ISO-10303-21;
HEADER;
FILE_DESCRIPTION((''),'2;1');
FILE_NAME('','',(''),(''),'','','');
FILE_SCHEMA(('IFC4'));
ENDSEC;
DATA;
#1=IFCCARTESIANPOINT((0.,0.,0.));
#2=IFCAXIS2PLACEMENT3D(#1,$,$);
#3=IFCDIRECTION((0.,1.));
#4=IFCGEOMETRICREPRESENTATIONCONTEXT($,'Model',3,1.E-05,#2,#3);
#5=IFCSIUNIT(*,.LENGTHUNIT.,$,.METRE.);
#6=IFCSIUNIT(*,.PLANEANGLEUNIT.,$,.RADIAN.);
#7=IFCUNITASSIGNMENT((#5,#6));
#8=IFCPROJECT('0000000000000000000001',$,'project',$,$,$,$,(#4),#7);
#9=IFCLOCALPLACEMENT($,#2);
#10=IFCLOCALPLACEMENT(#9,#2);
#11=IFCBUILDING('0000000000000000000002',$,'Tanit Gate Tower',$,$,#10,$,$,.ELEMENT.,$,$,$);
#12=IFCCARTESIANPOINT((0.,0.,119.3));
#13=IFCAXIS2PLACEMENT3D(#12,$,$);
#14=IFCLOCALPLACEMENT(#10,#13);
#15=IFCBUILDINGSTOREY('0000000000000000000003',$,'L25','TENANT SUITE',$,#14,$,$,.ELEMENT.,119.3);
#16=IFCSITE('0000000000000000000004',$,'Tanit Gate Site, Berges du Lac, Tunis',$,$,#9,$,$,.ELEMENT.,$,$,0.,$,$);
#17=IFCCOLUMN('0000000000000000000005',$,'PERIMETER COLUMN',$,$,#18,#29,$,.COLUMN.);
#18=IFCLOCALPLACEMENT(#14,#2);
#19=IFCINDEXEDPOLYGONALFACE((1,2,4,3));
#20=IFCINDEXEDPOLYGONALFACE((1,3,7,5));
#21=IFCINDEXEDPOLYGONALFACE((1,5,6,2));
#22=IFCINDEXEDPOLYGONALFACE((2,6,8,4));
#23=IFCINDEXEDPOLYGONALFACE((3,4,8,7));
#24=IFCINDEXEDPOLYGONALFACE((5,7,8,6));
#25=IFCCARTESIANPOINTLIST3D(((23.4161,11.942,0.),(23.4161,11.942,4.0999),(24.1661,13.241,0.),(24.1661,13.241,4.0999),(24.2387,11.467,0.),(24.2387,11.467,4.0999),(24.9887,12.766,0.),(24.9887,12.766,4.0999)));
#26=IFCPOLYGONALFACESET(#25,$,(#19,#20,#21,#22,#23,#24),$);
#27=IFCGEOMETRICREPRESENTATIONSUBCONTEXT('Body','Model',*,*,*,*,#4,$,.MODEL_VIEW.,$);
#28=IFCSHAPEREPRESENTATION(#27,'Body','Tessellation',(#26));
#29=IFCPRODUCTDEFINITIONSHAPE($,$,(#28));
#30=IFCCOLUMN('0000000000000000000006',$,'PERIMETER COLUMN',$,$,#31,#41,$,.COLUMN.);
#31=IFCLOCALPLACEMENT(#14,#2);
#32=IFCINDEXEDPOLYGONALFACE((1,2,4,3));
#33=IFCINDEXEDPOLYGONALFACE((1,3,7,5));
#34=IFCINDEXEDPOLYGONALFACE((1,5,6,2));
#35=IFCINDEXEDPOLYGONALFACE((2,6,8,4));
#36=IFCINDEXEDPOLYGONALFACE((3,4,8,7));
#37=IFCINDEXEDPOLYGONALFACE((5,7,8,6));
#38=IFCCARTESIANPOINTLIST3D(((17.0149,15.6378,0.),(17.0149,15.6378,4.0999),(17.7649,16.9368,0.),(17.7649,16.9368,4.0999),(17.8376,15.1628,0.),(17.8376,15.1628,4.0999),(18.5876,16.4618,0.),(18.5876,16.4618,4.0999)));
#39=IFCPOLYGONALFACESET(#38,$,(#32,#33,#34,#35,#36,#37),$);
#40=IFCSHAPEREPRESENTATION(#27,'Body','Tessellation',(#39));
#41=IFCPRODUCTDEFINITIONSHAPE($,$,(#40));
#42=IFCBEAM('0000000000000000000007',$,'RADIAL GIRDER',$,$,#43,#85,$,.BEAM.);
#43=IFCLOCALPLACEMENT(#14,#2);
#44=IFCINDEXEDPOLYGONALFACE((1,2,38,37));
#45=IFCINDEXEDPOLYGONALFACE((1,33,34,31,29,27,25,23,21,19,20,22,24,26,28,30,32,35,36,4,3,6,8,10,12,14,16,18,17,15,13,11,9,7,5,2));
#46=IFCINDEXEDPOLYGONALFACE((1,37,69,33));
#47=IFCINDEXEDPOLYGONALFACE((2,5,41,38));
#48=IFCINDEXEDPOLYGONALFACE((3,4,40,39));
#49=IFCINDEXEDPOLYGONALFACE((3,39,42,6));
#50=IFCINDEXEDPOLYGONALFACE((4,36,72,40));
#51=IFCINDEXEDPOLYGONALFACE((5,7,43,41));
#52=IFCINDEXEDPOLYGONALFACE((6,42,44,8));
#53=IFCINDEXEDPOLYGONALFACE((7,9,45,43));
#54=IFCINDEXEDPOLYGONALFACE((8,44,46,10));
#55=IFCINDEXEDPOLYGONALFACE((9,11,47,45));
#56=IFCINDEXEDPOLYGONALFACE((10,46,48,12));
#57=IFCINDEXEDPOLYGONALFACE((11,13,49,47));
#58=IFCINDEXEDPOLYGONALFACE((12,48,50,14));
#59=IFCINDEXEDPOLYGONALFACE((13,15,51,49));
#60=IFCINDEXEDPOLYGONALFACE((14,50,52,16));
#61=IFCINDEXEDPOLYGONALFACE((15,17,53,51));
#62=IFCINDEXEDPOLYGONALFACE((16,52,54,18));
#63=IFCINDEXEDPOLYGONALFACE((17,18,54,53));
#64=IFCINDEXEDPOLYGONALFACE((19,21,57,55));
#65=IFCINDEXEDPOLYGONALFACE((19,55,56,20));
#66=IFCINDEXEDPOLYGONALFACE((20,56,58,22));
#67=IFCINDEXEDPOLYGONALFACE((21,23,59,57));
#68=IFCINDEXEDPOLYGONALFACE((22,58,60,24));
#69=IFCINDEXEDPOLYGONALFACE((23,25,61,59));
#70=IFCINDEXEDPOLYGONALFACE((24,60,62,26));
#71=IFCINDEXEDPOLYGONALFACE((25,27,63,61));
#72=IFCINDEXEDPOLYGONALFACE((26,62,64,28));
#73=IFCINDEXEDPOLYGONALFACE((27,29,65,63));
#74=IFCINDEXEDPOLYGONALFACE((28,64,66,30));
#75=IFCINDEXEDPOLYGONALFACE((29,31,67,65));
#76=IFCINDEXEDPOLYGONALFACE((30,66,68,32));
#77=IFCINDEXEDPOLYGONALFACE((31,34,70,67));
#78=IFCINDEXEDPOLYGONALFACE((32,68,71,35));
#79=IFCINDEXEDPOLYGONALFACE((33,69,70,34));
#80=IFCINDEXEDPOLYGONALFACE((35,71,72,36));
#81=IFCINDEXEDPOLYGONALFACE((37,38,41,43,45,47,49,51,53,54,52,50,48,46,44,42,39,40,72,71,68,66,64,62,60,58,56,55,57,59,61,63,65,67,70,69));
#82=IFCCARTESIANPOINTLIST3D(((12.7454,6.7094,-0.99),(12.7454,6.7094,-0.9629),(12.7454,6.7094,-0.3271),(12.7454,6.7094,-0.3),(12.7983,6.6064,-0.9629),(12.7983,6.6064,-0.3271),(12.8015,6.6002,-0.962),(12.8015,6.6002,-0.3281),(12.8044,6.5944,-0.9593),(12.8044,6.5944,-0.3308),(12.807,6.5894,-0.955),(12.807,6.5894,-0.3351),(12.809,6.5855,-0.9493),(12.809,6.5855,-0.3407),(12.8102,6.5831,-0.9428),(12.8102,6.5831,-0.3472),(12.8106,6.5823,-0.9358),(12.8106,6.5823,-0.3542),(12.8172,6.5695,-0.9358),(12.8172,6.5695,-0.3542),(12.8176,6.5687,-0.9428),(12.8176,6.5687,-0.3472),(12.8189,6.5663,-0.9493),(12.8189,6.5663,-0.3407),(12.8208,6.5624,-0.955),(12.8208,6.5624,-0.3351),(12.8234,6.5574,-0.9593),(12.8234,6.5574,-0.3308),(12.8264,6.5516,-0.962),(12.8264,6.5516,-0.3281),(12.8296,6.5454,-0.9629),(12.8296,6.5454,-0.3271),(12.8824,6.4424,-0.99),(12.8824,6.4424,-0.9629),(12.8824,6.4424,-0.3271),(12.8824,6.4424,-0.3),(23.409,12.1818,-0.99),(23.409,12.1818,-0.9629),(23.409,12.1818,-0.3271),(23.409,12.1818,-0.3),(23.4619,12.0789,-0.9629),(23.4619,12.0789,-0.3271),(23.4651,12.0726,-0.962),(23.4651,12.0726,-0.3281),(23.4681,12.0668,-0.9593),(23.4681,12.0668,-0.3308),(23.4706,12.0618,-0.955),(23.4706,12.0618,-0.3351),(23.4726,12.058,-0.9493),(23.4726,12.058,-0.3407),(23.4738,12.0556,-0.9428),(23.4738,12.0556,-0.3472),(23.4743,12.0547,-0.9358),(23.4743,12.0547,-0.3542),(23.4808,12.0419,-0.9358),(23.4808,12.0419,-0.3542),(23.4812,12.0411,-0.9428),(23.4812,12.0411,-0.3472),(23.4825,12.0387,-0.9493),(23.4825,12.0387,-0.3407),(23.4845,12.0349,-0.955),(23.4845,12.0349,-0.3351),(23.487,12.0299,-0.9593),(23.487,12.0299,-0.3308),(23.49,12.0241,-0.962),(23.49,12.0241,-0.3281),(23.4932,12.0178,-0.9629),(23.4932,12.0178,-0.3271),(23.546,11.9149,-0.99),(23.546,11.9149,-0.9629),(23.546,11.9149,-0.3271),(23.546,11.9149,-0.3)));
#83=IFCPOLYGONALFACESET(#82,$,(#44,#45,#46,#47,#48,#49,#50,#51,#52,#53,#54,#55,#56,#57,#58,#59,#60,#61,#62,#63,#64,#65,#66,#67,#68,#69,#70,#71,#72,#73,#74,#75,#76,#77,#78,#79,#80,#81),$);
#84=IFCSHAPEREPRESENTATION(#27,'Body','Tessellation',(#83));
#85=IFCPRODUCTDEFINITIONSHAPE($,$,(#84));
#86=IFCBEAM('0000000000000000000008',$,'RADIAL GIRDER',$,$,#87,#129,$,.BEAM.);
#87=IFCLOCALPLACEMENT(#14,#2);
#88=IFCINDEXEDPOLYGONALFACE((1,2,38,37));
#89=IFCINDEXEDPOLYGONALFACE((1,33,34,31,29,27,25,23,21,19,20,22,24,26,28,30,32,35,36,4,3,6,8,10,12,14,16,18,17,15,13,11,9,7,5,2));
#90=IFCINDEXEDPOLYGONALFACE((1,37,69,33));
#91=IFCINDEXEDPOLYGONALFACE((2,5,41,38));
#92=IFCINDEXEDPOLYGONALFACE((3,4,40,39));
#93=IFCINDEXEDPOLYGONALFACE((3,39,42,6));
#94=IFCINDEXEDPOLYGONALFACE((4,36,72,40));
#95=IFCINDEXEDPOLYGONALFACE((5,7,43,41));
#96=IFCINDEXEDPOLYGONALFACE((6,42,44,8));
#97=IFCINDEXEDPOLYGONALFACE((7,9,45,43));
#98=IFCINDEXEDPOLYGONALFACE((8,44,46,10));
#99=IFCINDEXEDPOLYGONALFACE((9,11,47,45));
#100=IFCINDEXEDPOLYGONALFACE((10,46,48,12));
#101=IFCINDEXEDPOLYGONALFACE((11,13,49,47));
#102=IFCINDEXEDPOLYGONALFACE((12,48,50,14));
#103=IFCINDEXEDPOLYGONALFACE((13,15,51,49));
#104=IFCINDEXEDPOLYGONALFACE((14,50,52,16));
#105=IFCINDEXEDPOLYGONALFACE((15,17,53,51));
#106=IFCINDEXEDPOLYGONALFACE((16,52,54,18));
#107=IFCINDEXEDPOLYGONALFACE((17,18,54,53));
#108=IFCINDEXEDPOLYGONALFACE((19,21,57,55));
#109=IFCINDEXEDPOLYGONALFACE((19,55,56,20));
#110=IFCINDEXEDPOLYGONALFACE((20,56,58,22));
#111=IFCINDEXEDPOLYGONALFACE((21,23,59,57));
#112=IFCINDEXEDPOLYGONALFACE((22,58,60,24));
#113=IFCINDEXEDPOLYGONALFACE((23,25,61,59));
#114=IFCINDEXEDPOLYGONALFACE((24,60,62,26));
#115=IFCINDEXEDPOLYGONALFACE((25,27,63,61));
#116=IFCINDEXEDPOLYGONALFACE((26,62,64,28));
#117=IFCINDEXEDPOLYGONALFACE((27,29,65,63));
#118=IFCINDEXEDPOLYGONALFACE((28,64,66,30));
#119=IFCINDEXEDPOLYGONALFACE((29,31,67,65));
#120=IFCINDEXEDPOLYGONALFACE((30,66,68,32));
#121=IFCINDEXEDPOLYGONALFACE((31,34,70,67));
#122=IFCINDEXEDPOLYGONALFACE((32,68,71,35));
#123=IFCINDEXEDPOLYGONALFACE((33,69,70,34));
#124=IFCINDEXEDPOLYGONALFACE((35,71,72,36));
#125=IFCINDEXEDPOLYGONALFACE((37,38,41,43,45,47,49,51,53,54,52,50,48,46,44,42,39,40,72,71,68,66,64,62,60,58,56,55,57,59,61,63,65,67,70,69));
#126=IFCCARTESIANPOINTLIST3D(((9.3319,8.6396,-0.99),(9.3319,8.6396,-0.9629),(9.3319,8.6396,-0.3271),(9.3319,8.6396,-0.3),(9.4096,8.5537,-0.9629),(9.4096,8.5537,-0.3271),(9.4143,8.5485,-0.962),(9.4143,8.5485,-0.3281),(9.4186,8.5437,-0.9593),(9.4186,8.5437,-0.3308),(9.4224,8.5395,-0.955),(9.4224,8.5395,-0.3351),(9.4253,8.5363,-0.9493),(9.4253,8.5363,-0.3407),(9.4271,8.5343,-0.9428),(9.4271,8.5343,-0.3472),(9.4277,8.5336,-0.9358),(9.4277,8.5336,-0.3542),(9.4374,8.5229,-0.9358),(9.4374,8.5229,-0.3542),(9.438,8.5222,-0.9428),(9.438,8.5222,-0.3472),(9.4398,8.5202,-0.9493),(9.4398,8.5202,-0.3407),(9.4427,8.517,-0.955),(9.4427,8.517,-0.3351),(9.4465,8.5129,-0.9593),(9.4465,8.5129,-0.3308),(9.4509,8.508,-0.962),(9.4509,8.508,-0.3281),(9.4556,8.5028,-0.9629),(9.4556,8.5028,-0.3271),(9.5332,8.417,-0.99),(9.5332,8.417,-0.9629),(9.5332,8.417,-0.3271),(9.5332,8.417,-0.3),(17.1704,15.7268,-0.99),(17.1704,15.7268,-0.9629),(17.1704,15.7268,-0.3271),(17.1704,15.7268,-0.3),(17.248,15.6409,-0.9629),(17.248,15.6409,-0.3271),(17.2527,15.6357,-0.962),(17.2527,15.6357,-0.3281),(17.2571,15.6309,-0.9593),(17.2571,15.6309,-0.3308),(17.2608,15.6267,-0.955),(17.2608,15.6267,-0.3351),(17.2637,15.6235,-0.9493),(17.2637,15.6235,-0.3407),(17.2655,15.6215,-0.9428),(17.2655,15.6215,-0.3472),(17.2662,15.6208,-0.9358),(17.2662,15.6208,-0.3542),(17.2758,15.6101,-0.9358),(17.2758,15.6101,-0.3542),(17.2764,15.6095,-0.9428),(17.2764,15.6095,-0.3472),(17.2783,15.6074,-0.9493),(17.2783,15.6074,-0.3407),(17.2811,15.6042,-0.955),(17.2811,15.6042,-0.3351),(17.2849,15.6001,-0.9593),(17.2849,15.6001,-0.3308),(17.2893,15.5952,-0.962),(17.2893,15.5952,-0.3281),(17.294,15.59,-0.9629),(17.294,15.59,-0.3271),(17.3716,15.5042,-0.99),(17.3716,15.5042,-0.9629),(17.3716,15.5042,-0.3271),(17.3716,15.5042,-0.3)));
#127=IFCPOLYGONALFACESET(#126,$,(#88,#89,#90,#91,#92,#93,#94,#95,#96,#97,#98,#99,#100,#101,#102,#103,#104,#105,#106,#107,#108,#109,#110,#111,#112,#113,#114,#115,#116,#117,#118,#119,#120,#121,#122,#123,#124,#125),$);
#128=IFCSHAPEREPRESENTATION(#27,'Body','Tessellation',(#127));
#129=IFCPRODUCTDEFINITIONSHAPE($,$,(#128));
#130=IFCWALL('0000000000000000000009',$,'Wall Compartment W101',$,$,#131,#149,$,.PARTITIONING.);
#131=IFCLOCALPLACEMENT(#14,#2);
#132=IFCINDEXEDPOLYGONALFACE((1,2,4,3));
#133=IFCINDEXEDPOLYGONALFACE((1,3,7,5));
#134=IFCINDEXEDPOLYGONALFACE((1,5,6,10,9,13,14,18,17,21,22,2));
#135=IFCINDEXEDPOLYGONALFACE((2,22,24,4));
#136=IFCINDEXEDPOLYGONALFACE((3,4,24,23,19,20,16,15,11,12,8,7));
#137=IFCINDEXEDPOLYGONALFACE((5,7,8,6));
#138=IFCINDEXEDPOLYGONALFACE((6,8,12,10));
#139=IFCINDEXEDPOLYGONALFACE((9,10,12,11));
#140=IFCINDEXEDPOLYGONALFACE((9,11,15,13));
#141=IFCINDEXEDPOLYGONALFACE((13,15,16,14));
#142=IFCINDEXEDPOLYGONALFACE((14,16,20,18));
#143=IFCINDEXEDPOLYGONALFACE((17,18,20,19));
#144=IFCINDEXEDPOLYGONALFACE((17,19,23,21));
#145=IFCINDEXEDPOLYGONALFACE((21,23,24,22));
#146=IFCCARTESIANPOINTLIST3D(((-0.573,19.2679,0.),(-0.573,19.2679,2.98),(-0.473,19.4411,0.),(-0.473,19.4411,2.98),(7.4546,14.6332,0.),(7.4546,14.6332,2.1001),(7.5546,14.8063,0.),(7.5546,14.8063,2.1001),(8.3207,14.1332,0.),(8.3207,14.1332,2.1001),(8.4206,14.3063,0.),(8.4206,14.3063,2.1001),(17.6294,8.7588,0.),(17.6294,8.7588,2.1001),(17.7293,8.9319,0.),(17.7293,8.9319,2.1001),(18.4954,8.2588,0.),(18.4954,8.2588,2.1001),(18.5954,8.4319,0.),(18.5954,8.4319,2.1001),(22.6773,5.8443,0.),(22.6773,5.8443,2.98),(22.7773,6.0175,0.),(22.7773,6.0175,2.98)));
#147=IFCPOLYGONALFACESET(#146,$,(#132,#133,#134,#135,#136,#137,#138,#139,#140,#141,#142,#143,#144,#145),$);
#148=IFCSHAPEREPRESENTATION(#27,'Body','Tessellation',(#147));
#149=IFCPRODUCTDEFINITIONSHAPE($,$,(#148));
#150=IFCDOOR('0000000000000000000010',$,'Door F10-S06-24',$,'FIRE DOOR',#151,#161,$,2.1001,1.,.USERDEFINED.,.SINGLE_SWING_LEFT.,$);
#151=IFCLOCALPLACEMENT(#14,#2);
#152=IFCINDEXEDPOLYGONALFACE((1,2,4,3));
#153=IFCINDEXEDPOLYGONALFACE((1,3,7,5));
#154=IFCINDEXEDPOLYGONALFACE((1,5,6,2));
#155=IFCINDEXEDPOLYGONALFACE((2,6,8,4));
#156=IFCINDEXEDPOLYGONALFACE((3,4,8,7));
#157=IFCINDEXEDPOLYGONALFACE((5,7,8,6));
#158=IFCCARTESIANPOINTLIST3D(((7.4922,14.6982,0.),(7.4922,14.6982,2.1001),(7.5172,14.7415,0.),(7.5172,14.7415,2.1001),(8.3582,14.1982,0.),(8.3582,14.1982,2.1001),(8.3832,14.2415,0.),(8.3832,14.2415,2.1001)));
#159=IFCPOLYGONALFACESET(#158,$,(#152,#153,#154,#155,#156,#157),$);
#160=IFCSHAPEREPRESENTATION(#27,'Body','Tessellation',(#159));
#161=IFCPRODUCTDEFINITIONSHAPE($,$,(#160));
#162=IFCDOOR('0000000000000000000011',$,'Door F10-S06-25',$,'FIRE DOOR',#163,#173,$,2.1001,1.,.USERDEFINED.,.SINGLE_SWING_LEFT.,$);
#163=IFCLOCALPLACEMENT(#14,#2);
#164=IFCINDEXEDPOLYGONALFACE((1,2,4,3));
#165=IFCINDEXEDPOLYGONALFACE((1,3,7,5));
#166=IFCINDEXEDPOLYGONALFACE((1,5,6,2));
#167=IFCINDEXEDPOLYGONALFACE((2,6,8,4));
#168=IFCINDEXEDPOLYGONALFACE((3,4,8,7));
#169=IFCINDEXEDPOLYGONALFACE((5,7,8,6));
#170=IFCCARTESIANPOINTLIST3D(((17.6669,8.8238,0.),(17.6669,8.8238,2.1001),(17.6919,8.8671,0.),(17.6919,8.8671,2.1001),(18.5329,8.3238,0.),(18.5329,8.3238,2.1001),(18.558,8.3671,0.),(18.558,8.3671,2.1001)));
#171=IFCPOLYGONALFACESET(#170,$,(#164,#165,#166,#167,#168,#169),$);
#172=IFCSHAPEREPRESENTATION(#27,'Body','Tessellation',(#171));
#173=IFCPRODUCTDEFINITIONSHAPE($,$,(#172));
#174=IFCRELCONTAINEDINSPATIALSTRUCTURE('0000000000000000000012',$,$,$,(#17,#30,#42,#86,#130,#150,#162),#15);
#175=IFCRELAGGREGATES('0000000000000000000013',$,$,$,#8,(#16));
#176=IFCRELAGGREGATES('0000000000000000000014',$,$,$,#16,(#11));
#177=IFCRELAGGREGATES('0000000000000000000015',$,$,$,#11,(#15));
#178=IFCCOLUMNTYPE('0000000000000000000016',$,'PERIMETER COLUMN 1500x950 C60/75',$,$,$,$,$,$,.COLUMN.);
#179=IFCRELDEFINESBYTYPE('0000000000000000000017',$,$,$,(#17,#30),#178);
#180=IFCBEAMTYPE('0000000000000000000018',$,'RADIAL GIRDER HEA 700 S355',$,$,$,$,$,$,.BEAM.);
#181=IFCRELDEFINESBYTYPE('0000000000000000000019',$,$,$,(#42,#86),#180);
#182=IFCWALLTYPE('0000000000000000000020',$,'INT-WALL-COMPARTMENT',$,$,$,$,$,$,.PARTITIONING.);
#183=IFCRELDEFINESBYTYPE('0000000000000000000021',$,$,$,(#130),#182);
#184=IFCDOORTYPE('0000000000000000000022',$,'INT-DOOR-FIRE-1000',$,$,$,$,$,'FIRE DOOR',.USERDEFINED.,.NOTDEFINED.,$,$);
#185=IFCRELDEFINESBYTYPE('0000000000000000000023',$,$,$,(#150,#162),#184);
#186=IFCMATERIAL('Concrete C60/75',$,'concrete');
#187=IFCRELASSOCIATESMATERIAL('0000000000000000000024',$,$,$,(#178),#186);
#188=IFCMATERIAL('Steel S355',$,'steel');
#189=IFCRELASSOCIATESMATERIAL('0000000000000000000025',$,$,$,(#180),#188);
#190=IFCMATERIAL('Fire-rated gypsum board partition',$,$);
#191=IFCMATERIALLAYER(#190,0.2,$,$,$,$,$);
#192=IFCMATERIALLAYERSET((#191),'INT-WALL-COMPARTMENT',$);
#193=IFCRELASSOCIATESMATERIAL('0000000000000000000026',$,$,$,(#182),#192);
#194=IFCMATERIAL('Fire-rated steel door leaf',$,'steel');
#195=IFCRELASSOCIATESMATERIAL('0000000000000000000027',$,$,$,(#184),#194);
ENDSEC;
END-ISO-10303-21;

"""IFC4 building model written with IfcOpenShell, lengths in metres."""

from ifc_helpers import new_model, si_unit, direction, frame, frame_2d, origin, origin_2d, place, context, subcontext, project, spatial, rectangle, i_section, extrude, material, layer, layer_set, material_profile, profile_set, type_object, element, fill, save


model = new_model("IFC4")

# Units and contexts
model_context = context("Model", 3, precision=1e-05, world=origin(), true_north=direction((0.0, 1.0)))
body_context = subcontext(model_context, "Body", "Model", "MODEL_VIEW")
ifc_project = project(units=[si_unit("LENGTHUNIT", "METRE"), si_unit("PLANEANGLEUNIT", "RADIAN")], contexts=[model_context])

# Site, building, storey
site_placement = place(None, origin())
site = spatial("IfcSite", under=ifc_project, at=site_placement, Name="Tanit Gate Site, Berges du Lac, Tunis", CompositionType="ELEMENT", RefElevation=0.0)
building_placement = place(site_placement, origin())
building = spatial("IfcBuilding", under=site, at=building_placement, Name="Tanit Gate Tower", CompositionType="ELEMENT")
storey_placement = place(building_placement, frame((0.0, 0.0, 119.3)))
storey = spatial("IfcBuildingStorey", under=building, at=storey_placement, Name="L25", Description="TENANT SUITE", CompositionType="ELEMENT", Elevation=119.3)

# Columns
ifc_material_1 = material(Name="Concrete C60/75", Category="concrete")
ifc_material_profile_1 = material_profile(ifc_material_1, rectangle(XDim=1.5, YDim=0.95, at=origin_2d()), Name="RC 1500x950")
ifc_profile_set_1 = profile_set([ifc_material_profile_1], Name="Concrete C60/75")
column_type = type_object("IfcColumnType", Name="PERIMETER COLUMN 1500x950 C60/75", PredefinedType="COLUMN", material=ifc_profile_set_1)
for number, where, z_axis, x_axis, name in (
    (1, (24.2024, 12.354, 0.0), (0.0, 0.0, 1.0), (0.5, 0.866025, 0.0), "PERIMETER COLUMN"),
    (2, (17.8013, 16.0498, 0.0), (0.0, 0.0, 1.0), (0.5, 0.866025, 0.0), "PERIMETER COLUMN"),
):
    element("IfcColumn", number, at=place(storey_placement, frame(where, z_axis=z_axis, x_axis=x_axis)), inside=storey, type_object=column_type, Name=name, PredefinedType="COLUMN", context=body_context, shape_type="SweptSolid", body=[
        extrude(rectangle(XDim=1.5, YDim=0.95, at=origin_2d()), origin(), (0.0, 0.0, 1.0), 4.0999),
    ])

# Beams
ifc_material_2 = material(Name="Steel S355", Category="steel")
ifc_material_profile_2 = material_profile(ifc_material_2, i_section(OverallWidth=0.3, OverallDepth=0.6899, WebThickness=0.0144, FlangeThickness=0.0271, FilletRadius=0.0271, at=origin_2d()), Name="HEA 700")
ifc_profile_set_2 = profile_set([ifc_material_profile_2], Name="Steel S355")
beam_type = type_object("IfcBeamType", Name="RADIAL GIRDER HEA 700 S355", PredefinedType="BEAM", material=ifc_profile_set_2)
beam_1_placement = place(storey_placement, frame((23.4775, 12.0483, -0.645), z_axis=(-0.889685, -0.456575, 0.0), x_axis=(0.456575, -0.889685, 0.0)))
element("IfcBeam", 3, at=beam_1_placement, inside=storey, type_object=beam_type, Name="RADIAL GIRDER", PredefinedType="BEAM", context=body_context, shape_type="SweptSolid", body=[
    extrude(i_section(OverallWidth=0.3, OverallDepth=0.6899, WebThickness=0.0144, FlangeThickness=0.0271, FilletRadius=0.0271, at=origin_2d()), origin(), (0.0, 0.0, 1.0), 11.9858),
])
beam_2_placement = place(storey_placement, frame((17.271, 15.6155, -0.645), z_axis=(-0.741757, -0.670668, 0.0), x_axis=(0.670668, -0.741757, 0.0)))
element("IfcBeam", 4, at=beam_2_placement, inside=storey, type_object=beam_type, Name="RADIAL GIRDER", PredefinedType="BEAM", context=body_context, shape_type="SweptSolid", body=[
    extrude(i_section(OverallWidth=0.3, OverallDepth=0.6899, WebThickness=0.0144, FlangeThickness=0.0271, FilletRadius=0.0271, at=origin_2d()), origin(), (0.0, 0.0, 1.0), 10.5674),
])

# Wall, openings, doors
ifc_material_3 = material(Name="Fire-rated gypsum board partition")
ifc_layer_1 = layer(ifc_material_3, 0.2)
ifc_layer_set_1 = layer_set([ifc_layer_1], Name="INT-WALL-COMPARTMENT")
wall_type_1 = type_object("IfcWallType", Name="INT-WALL-COMPARTMENT", PredefinedType="PARTITIONING", material=ifc_layer_set_1)
wall_1_placement = place(storey_placement, frame((22.7273, 5.9309, 0.0), z_axis=(0.0, 0.0, 1.0), x_axis=(-0.866025, 0.500001, 0.0)))
wall_1 = element("IfcWall", 5, at=wall_1_placement, inside=storey, type_object=wall_type_1, Name="Wall Compartment W101", PredefinedType="PARTITIONING", context=body_context, shape_type="SweptSolid", body=[
    extrude(rectangle(XDim=26.8472, YDim=0.2, at=frame_2d((13.4236, 0.0))), origin(), (0.0, 0.0, 1.0), 2.98),
])
opening_1_placement = place(wall_1_placement, frame((16.5776, 0.0, 0.0)))
opening_1 = element("IfcOpeningElement", 6, at=opening_1_placement, cuts=wall_1, PredefinedType="OPENING", context=body_context, shape_type="SweptSolid", body=[
    extrude(rectangle(XDim=1.0, YDim=2.1001, at=frame_2d((0.5, 1.05))), frame((0.0, 0.1099, 0.0), z_axis=(0.0, -1.0, 0.0), x_axis=(1.0, 0.0, 0.0)), (0.0, 0.0, 1.0), 0.22),
])
opening_2_placement = place(wall_1_placement, frame((4.8289, 0.0, 0.0)))
opening_2 = element("IfcOpeningElement", 7, at=opening_2_placement, cuts=wall_1, PredefinedType="OPENING", context=body_context, shape_type="SweptSolid", body=[
    extrude(rectangle(XDim=1.0, YDim=2.1001, at=frame_2d((0.5, 1.05))), frame((0.0, 0.1099, 0.0), z_axis=(0.0, -1.0, 0.0), x_axis=(1.0, 0.0, 0.0)), (0.0, 0.0, 1.0), 0.22),
])
ifc_material_4 = material(Name="Fire-rated steel door leaf", Category="steel")
door_type_1 = type_object("IfcDoorType", Name="INT-DOOR-FIRE-1000", ElementType="FIRE DOOR", OperationType="NOTDEFINED", PredefinedType="USERDEFINED", material=ifc_material_4)
door_1_placement = place(opening_1_placement, origin())
door_1 = element("IfcDoor", 8, at=door_1_placement, inside=storey, type_object=door_type_1, Name="Door F10-S06-24", ObjectType="FIRE DOOR", OperationType="SINGLE_SWING_LEFT", OverallHeight=2.1001, OverallWidth=1.0, PredefinedType="USERDEFINED", context=body_context, shape_type="SweptSolid", body=[
    extrude(rectangle(XDim=1.0, YDim=2.1001, at=frame_2d((0.5, 1.05))), frame((0.0, 0.0249, 0.0), z_axis=(0.0, -1.0, 0.0), x_axis=(1.0, 0.0, 0.0)), (0.0, 0.0, 1.0), 0.05),
])
fill(opening_1, door_1)
door_2_placement = place(opening_2_placement, origin())
door_2 = element("IfcDoor", 9, at=door_2_placement, inside=storey, type_object=door_type_1, Name="Door F10-S06-25", ObjectType="FIRE DOOR", OperationType="SINGLE_SWING_LEFT", OverallHeight=2.1001, OverallWidth=1.0, PredefinedType="USERDEFINED", context=body_context, shape_type="SweptSolid", body=[
    extrude(rectangle(XDim=1.0, YDim=2.1001, at=frame_2d((0.5, 1.05))), frame((0.0, 0.0249, 0.0), z_axis=(0.0, -1.0, 0.0), x_axis=(1.0, 0.0, 0.0)), (0.0, 0.0, 1.0), 0.05),
])
fill(opening_2, door_2)

save(model, "model.ifc")
